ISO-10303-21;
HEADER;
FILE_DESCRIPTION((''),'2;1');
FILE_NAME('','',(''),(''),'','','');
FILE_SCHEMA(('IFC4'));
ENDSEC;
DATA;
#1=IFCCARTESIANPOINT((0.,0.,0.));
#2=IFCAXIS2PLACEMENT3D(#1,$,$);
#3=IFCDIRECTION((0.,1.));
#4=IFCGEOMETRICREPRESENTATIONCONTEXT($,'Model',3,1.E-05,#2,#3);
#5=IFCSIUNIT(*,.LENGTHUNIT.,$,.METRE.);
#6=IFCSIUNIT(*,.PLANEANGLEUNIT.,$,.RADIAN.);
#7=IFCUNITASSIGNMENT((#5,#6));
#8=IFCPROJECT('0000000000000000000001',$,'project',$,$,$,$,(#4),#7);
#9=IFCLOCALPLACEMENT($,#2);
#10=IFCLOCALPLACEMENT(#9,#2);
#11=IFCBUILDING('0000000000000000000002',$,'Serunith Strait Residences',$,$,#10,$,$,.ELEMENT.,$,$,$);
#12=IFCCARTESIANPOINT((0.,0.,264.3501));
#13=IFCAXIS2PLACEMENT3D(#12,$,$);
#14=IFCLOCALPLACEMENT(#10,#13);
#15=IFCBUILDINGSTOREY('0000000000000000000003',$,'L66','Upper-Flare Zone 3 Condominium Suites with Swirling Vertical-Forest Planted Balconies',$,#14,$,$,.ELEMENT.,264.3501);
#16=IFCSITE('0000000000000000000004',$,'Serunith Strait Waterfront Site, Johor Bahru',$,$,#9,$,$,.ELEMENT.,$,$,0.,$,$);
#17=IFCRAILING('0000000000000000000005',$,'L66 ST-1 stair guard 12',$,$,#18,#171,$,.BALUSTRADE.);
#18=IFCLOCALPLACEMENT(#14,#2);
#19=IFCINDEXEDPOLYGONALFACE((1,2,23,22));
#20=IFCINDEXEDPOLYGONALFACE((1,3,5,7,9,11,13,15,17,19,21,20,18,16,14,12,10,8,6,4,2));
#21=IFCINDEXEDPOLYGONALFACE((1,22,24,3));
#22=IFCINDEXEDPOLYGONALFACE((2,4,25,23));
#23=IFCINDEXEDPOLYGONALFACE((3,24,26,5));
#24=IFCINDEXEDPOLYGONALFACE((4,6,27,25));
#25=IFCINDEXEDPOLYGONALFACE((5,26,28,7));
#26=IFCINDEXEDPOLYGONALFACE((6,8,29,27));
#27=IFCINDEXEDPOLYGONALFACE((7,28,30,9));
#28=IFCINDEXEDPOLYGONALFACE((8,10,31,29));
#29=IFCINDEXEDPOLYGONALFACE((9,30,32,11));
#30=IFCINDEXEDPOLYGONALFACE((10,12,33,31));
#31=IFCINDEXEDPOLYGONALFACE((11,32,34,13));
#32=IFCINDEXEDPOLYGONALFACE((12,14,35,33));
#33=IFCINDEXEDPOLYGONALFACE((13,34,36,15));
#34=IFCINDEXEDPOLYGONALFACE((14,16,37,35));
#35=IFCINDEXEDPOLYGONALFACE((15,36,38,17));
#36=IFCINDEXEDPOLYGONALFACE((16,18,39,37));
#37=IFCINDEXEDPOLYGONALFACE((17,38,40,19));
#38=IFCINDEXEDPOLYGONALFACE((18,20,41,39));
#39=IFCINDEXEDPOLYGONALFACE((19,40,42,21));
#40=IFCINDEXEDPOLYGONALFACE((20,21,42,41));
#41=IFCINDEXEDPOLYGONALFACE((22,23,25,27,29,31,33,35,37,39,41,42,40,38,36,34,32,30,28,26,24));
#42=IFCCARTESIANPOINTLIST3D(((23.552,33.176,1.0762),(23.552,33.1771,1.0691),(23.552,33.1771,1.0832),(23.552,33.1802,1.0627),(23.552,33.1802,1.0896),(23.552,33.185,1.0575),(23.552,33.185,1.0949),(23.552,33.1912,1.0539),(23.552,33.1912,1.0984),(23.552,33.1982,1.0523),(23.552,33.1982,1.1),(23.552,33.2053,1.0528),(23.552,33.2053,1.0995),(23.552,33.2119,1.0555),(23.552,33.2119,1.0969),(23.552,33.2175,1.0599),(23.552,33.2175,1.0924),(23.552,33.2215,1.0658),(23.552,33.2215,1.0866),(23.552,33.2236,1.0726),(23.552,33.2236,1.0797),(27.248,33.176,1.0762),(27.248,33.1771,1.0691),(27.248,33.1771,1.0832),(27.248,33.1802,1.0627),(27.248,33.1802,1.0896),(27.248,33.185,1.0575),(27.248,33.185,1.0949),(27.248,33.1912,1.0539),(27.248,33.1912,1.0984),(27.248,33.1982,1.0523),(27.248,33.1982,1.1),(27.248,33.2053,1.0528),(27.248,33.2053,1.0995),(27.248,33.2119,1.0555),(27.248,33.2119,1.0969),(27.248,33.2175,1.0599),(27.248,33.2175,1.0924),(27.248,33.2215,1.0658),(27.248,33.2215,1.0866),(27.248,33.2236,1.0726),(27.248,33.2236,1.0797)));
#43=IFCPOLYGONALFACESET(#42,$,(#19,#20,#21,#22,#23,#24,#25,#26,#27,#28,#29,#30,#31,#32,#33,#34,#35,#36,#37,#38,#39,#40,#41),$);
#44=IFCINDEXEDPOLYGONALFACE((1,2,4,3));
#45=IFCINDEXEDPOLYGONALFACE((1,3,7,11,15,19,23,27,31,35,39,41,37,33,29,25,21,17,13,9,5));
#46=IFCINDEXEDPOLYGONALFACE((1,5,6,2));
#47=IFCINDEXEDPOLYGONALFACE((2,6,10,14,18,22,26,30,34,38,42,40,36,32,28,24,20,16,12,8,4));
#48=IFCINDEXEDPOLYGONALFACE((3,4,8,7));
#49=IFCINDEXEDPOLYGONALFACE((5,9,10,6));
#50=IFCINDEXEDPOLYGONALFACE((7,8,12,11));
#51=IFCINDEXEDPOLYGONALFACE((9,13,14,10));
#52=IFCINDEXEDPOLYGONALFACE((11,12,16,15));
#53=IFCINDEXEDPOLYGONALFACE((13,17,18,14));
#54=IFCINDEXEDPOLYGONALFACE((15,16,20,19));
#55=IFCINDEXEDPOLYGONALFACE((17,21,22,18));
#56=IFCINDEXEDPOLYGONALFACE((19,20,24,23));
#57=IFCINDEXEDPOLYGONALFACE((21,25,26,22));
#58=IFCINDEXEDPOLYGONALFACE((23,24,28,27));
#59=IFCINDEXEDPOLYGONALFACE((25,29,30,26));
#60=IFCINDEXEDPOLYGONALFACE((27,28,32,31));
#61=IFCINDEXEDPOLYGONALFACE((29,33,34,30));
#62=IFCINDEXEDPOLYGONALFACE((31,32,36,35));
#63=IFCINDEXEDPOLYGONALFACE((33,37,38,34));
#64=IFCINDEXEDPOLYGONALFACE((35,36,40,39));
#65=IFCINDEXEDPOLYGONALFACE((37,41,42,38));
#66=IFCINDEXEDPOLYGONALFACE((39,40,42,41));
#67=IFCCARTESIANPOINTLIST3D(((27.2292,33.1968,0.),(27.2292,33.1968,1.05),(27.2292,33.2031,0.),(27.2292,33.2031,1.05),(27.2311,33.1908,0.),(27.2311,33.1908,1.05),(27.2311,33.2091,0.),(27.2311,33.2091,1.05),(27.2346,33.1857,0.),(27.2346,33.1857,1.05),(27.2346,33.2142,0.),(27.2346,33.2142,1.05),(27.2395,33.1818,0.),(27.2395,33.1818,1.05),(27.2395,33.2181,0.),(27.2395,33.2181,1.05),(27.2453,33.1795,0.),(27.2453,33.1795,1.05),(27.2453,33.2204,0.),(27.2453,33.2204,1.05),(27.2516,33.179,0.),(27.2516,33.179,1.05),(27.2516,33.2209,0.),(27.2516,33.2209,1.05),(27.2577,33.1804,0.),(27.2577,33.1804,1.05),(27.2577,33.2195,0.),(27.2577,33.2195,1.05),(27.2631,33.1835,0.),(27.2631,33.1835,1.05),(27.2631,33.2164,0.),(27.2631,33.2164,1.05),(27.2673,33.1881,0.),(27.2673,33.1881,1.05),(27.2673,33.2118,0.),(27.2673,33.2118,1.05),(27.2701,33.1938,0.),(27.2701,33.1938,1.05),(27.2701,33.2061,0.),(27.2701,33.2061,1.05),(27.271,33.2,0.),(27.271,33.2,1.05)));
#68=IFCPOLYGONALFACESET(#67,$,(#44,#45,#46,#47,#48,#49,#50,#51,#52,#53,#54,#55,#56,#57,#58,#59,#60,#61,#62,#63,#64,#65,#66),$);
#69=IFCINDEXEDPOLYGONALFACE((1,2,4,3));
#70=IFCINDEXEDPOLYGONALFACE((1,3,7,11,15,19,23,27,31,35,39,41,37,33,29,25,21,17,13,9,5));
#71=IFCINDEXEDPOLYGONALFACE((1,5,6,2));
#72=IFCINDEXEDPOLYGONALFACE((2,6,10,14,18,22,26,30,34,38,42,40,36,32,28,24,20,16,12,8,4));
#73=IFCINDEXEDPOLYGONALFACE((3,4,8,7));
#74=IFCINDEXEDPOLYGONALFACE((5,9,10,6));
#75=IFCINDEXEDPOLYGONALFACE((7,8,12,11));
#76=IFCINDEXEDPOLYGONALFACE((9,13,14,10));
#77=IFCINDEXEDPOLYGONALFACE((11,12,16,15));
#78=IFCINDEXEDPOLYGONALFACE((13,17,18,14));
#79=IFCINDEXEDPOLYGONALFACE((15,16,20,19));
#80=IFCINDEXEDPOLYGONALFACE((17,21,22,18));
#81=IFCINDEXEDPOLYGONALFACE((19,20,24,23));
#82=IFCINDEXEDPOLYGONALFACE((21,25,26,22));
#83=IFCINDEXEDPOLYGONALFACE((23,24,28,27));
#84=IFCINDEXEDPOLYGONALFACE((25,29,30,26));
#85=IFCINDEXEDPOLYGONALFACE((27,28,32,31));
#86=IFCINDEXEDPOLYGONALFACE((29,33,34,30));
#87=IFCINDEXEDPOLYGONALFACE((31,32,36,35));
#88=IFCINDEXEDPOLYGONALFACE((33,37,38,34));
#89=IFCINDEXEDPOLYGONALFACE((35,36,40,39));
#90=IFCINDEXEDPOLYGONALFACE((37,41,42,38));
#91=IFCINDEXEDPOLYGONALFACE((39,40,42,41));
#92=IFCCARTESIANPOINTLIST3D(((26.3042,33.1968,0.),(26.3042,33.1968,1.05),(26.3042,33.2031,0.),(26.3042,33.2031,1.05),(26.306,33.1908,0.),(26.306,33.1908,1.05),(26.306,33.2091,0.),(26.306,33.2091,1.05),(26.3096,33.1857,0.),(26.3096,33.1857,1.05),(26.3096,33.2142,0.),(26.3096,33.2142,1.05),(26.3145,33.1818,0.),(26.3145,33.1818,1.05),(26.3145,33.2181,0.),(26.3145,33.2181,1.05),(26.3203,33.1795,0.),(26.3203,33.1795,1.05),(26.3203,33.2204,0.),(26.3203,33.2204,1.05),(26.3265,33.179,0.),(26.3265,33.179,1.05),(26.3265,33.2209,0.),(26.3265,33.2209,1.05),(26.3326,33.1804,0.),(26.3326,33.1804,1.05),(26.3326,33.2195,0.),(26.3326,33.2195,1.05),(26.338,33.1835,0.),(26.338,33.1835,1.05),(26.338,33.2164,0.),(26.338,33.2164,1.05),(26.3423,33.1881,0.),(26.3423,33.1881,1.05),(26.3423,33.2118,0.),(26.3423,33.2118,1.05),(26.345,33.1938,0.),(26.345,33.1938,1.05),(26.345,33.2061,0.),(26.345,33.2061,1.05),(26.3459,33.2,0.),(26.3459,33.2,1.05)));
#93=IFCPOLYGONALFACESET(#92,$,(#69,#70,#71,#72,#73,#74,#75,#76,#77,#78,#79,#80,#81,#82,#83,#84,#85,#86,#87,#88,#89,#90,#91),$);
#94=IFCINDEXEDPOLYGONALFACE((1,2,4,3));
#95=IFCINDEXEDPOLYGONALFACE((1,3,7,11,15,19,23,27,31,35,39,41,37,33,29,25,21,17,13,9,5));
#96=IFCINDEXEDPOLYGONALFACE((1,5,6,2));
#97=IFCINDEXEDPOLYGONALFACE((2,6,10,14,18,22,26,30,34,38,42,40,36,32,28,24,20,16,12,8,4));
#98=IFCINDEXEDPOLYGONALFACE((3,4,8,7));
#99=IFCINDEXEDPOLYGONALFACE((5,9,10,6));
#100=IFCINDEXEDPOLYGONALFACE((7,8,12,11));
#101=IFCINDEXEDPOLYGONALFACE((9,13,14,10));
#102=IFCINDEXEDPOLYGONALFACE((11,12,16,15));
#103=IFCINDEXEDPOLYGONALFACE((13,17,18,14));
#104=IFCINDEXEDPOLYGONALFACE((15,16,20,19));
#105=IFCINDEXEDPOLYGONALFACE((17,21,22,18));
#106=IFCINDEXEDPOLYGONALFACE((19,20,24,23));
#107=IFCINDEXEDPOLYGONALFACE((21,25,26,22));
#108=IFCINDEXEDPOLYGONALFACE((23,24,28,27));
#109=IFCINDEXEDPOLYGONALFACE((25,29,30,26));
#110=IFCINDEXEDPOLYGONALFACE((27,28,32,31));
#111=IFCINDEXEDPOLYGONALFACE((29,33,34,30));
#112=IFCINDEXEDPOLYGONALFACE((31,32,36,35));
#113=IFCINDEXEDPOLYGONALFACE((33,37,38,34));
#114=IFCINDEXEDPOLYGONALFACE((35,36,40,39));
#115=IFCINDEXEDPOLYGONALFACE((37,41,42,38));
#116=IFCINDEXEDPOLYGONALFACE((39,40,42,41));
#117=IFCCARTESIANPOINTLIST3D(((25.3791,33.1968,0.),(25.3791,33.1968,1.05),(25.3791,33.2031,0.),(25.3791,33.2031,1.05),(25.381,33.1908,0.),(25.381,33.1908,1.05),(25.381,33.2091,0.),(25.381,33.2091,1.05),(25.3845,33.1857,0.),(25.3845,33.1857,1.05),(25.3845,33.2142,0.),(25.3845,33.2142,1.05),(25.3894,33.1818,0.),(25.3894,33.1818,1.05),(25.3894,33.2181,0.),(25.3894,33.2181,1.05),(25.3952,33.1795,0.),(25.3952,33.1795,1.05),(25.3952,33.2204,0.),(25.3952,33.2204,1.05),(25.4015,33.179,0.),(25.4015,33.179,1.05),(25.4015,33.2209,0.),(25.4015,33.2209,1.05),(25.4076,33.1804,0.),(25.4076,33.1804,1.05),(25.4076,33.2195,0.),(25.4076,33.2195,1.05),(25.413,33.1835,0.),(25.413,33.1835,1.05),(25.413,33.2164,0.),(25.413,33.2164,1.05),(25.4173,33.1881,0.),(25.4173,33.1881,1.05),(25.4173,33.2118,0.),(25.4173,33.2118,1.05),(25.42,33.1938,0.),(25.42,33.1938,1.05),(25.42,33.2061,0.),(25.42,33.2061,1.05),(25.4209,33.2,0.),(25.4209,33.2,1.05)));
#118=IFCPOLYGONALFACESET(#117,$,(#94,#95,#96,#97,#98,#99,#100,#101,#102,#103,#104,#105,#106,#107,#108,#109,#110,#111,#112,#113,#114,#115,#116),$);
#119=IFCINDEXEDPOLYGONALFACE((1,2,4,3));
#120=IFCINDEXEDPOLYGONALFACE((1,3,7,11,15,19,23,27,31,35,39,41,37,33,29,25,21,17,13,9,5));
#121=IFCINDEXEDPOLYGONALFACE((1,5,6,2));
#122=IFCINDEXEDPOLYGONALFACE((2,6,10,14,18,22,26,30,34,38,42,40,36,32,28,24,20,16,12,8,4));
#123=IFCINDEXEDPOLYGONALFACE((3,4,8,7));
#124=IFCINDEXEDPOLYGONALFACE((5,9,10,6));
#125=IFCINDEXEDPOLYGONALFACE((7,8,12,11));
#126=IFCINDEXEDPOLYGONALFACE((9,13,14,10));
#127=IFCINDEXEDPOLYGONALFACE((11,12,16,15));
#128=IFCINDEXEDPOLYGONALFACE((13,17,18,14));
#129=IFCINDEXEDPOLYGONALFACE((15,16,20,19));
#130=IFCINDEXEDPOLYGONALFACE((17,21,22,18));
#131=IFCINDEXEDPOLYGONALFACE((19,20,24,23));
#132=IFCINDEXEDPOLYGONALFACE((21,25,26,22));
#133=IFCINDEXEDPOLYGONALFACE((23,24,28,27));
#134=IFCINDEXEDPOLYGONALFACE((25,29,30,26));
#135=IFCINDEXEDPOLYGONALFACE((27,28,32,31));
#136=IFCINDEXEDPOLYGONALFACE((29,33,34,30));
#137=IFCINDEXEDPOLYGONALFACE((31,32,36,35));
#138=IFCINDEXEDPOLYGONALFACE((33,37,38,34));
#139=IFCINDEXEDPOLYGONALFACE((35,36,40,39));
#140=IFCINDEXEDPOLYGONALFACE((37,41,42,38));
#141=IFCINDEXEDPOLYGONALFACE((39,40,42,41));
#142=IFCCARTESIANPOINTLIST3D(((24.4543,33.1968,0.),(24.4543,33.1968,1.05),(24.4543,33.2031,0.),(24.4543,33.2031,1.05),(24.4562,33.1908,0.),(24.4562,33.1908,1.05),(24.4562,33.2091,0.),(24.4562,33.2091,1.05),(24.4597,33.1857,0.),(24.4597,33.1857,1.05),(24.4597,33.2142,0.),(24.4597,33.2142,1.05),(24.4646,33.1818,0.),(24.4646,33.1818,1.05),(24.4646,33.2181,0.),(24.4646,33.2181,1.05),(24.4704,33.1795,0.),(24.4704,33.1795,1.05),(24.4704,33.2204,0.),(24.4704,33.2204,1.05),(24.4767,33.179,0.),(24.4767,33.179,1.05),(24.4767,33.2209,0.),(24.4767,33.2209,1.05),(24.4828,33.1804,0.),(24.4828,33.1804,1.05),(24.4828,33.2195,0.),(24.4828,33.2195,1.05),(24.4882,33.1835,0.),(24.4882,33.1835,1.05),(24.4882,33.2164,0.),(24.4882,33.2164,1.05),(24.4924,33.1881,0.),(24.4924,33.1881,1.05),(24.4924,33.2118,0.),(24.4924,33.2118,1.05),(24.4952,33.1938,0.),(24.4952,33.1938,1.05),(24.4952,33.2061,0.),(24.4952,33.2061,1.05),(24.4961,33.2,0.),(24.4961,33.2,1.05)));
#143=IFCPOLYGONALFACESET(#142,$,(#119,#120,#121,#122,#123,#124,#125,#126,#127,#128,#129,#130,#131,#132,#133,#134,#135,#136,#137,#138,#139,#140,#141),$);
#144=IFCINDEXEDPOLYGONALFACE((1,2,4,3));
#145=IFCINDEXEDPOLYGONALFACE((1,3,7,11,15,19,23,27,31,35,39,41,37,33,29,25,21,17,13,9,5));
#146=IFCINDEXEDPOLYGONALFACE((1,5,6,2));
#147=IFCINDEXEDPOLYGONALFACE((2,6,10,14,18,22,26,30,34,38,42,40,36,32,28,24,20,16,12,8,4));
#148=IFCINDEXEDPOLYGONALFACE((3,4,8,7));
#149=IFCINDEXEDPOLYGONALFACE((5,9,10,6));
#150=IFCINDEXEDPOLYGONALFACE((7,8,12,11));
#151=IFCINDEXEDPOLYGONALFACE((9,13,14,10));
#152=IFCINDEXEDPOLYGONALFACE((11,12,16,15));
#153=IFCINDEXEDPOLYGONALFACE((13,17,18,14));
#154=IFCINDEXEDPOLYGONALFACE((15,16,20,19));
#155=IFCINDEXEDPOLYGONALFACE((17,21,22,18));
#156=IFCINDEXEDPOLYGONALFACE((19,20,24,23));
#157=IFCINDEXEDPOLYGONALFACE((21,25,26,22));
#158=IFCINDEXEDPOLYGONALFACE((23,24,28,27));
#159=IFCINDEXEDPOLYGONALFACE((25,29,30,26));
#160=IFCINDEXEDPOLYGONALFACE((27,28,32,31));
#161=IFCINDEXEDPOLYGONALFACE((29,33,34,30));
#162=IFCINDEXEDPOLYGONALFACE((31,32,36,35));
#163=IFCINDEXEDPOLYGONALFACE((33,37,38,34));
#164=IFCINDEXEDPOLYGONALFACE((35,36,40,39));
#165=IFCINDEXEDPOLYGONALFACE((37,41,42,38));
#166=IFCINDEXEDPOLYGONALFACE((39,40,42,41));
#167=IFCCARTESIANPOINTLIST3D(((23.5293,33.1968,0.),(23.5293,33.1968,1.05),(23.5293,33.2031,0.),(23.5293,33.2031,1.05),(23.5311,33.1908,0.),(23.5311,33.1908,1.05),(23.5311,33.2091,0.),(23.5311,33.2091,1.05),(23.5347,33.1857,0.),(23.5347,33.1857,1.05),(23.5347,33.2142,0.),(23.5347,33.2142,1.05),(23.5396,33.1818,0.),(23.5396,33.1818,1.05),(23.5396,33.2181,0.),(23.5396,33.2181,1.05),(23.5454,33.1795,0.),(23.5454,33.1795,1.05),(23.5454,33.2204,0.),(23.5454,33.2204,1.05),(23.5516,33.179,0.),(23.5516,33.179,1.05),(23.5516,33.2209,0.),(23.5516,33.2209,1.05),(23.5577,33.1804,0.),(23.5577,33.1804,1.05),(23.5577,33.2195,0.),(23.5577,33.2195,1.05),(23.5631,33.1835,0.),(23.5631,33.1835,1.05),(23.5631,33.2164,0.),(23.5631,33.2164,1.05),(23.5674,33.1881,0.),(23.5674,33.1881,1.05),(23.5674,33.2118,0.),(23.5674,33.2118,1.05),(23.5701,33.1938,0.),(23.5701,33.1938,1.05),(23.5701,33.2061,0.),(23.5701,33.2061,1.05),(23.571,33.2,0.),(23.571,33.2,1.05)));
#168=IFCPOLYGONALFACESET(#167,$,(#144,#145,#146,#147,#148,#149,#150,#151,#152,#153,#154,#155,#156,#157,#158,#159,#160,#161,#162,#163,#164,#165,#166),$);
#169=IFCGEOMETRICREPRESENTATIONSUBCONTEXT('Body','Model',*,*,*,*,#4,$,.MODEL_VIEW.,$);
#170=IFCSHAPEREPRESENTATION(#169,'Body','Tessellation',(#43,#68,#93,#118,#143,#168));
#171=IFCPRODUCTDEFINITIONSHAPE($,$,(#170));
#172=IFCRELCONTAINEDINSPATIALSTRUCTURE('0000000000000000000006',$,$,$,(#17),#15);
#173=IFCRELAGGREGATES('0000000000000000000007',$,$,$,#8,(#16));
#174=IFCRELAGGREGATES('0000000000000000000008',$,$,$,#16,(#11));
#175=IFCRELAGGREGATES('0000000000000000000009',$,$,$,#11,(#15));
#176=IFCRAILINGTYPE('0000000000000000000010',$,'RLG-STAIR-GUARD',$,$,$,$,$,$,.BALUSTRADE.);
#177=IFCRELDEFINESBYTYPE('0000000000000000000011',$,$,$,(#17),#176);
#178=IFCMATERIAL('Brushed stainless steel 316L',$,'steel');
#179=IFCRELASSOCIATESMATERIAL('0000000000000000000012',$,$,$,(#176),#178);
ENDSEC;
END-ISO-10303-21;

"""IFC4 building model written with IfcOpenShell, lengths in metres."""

from ifc_helpers import new_model, si_unit, direction, frame, origin, origin_2d, place, context, subcontext, project, spatial, circle, extrude, material, type_object, element, save


model = new_model("IFC4")

# Units and contexts
model_context = context("Model", 3, precision=1e-05, world=origin(), true_north=direction((0.0, 1.0)))
body_context = subcontext(model_context, "Body", "Model", "MODEL_VIEW")
ifc_project = project(units=[si_unit("LENGTHUNIT", "METRE"), si_unit("PLANEANGLEUNIT", "RADIAN")], contexts=[model_context])

# Site, building, storey
site_placement = place(None, origin())
site = spatial("IfcSite", under=ifc_project, at=site_placement, Name="Serunith Strait Waterfront Site, Johor Bahru", CompositionType="ELEMENT", RefElevation=0.0)
building_placement = place(site_placement, origin())
building = spatial("IfcBuilding", under=site, at=building_placement, Name="Serunith Strait Residences", CompositionType="ELEMENT")
storey_placement = place(building_placement, frame((0.0, 0.0, 264.3501)))
storey = spatial("IfcBuildingStorey", under=building, at=storey_placement, Name="L66", Description="Upper-Flare Zone 3 Condominium Suites with Swirling Vertical-Forest Planted Balconies", CompositionType="ELEMENT", Elevation=264.3501)

# Railing
ifc_material_1 = material(Name="Brushed stainless steel 316L", Category="steel")
railing_type_1 = type_object("IfcRailingType", Name="RLG-STAIR-GUARD", PredefinedType="BALUSTRADE", material=ifc_material_1)
railing_1_placement = place(storey_placement, frame((27.25, 33.2, 0.0)))
element("IfcRailing", 1, at=railing_1_placement, inside=storey, type_object=railing_type_1, Name="L66 ST-1 stair guard 12", PredefinedType="BALUSTRADE", context=body_context, shape_type="SweptSolid", body=[
    extrude(circle(Radius=0.0239, at=origin_2d()), frame((-0.002, 0.0, 1.0762), z_axis=(-1.0, 0.0, 0.0), x_axis=(0.0, -1.0, 0.0)), (0.0, 0.0, 1.0), 3.696),
    extrude(circle(Radius=0.021, at=origin_2d()), origin(), (0.0, 0.0, 1.0), 1.05),
    extrude(circle(Radius=0.021, at=origin_2d()), frame((-0.925, 0.0, 0.0)), (0.0, 0.0, 1.0), 1.05),
    extrude(circle(Radius=0.021, at=origin_2d()), frame((-1.8501, 0.0, 0.0)), (0.0, 0.0, 1.0), 1.05),
    extrude(circle(Radius=0.021, at=origin_2d()), frame((-2.7749, 0.0, 0.0)), (0.0, 0.0, 1.0), 1.05),
    extrude(circle(Radius=0.021, at=origin_2d()), frame((-3.7, 0.0, 0.0)), (0.0, 0.0, 1.0), 1.05),
])

save(model, "model.ifc")
